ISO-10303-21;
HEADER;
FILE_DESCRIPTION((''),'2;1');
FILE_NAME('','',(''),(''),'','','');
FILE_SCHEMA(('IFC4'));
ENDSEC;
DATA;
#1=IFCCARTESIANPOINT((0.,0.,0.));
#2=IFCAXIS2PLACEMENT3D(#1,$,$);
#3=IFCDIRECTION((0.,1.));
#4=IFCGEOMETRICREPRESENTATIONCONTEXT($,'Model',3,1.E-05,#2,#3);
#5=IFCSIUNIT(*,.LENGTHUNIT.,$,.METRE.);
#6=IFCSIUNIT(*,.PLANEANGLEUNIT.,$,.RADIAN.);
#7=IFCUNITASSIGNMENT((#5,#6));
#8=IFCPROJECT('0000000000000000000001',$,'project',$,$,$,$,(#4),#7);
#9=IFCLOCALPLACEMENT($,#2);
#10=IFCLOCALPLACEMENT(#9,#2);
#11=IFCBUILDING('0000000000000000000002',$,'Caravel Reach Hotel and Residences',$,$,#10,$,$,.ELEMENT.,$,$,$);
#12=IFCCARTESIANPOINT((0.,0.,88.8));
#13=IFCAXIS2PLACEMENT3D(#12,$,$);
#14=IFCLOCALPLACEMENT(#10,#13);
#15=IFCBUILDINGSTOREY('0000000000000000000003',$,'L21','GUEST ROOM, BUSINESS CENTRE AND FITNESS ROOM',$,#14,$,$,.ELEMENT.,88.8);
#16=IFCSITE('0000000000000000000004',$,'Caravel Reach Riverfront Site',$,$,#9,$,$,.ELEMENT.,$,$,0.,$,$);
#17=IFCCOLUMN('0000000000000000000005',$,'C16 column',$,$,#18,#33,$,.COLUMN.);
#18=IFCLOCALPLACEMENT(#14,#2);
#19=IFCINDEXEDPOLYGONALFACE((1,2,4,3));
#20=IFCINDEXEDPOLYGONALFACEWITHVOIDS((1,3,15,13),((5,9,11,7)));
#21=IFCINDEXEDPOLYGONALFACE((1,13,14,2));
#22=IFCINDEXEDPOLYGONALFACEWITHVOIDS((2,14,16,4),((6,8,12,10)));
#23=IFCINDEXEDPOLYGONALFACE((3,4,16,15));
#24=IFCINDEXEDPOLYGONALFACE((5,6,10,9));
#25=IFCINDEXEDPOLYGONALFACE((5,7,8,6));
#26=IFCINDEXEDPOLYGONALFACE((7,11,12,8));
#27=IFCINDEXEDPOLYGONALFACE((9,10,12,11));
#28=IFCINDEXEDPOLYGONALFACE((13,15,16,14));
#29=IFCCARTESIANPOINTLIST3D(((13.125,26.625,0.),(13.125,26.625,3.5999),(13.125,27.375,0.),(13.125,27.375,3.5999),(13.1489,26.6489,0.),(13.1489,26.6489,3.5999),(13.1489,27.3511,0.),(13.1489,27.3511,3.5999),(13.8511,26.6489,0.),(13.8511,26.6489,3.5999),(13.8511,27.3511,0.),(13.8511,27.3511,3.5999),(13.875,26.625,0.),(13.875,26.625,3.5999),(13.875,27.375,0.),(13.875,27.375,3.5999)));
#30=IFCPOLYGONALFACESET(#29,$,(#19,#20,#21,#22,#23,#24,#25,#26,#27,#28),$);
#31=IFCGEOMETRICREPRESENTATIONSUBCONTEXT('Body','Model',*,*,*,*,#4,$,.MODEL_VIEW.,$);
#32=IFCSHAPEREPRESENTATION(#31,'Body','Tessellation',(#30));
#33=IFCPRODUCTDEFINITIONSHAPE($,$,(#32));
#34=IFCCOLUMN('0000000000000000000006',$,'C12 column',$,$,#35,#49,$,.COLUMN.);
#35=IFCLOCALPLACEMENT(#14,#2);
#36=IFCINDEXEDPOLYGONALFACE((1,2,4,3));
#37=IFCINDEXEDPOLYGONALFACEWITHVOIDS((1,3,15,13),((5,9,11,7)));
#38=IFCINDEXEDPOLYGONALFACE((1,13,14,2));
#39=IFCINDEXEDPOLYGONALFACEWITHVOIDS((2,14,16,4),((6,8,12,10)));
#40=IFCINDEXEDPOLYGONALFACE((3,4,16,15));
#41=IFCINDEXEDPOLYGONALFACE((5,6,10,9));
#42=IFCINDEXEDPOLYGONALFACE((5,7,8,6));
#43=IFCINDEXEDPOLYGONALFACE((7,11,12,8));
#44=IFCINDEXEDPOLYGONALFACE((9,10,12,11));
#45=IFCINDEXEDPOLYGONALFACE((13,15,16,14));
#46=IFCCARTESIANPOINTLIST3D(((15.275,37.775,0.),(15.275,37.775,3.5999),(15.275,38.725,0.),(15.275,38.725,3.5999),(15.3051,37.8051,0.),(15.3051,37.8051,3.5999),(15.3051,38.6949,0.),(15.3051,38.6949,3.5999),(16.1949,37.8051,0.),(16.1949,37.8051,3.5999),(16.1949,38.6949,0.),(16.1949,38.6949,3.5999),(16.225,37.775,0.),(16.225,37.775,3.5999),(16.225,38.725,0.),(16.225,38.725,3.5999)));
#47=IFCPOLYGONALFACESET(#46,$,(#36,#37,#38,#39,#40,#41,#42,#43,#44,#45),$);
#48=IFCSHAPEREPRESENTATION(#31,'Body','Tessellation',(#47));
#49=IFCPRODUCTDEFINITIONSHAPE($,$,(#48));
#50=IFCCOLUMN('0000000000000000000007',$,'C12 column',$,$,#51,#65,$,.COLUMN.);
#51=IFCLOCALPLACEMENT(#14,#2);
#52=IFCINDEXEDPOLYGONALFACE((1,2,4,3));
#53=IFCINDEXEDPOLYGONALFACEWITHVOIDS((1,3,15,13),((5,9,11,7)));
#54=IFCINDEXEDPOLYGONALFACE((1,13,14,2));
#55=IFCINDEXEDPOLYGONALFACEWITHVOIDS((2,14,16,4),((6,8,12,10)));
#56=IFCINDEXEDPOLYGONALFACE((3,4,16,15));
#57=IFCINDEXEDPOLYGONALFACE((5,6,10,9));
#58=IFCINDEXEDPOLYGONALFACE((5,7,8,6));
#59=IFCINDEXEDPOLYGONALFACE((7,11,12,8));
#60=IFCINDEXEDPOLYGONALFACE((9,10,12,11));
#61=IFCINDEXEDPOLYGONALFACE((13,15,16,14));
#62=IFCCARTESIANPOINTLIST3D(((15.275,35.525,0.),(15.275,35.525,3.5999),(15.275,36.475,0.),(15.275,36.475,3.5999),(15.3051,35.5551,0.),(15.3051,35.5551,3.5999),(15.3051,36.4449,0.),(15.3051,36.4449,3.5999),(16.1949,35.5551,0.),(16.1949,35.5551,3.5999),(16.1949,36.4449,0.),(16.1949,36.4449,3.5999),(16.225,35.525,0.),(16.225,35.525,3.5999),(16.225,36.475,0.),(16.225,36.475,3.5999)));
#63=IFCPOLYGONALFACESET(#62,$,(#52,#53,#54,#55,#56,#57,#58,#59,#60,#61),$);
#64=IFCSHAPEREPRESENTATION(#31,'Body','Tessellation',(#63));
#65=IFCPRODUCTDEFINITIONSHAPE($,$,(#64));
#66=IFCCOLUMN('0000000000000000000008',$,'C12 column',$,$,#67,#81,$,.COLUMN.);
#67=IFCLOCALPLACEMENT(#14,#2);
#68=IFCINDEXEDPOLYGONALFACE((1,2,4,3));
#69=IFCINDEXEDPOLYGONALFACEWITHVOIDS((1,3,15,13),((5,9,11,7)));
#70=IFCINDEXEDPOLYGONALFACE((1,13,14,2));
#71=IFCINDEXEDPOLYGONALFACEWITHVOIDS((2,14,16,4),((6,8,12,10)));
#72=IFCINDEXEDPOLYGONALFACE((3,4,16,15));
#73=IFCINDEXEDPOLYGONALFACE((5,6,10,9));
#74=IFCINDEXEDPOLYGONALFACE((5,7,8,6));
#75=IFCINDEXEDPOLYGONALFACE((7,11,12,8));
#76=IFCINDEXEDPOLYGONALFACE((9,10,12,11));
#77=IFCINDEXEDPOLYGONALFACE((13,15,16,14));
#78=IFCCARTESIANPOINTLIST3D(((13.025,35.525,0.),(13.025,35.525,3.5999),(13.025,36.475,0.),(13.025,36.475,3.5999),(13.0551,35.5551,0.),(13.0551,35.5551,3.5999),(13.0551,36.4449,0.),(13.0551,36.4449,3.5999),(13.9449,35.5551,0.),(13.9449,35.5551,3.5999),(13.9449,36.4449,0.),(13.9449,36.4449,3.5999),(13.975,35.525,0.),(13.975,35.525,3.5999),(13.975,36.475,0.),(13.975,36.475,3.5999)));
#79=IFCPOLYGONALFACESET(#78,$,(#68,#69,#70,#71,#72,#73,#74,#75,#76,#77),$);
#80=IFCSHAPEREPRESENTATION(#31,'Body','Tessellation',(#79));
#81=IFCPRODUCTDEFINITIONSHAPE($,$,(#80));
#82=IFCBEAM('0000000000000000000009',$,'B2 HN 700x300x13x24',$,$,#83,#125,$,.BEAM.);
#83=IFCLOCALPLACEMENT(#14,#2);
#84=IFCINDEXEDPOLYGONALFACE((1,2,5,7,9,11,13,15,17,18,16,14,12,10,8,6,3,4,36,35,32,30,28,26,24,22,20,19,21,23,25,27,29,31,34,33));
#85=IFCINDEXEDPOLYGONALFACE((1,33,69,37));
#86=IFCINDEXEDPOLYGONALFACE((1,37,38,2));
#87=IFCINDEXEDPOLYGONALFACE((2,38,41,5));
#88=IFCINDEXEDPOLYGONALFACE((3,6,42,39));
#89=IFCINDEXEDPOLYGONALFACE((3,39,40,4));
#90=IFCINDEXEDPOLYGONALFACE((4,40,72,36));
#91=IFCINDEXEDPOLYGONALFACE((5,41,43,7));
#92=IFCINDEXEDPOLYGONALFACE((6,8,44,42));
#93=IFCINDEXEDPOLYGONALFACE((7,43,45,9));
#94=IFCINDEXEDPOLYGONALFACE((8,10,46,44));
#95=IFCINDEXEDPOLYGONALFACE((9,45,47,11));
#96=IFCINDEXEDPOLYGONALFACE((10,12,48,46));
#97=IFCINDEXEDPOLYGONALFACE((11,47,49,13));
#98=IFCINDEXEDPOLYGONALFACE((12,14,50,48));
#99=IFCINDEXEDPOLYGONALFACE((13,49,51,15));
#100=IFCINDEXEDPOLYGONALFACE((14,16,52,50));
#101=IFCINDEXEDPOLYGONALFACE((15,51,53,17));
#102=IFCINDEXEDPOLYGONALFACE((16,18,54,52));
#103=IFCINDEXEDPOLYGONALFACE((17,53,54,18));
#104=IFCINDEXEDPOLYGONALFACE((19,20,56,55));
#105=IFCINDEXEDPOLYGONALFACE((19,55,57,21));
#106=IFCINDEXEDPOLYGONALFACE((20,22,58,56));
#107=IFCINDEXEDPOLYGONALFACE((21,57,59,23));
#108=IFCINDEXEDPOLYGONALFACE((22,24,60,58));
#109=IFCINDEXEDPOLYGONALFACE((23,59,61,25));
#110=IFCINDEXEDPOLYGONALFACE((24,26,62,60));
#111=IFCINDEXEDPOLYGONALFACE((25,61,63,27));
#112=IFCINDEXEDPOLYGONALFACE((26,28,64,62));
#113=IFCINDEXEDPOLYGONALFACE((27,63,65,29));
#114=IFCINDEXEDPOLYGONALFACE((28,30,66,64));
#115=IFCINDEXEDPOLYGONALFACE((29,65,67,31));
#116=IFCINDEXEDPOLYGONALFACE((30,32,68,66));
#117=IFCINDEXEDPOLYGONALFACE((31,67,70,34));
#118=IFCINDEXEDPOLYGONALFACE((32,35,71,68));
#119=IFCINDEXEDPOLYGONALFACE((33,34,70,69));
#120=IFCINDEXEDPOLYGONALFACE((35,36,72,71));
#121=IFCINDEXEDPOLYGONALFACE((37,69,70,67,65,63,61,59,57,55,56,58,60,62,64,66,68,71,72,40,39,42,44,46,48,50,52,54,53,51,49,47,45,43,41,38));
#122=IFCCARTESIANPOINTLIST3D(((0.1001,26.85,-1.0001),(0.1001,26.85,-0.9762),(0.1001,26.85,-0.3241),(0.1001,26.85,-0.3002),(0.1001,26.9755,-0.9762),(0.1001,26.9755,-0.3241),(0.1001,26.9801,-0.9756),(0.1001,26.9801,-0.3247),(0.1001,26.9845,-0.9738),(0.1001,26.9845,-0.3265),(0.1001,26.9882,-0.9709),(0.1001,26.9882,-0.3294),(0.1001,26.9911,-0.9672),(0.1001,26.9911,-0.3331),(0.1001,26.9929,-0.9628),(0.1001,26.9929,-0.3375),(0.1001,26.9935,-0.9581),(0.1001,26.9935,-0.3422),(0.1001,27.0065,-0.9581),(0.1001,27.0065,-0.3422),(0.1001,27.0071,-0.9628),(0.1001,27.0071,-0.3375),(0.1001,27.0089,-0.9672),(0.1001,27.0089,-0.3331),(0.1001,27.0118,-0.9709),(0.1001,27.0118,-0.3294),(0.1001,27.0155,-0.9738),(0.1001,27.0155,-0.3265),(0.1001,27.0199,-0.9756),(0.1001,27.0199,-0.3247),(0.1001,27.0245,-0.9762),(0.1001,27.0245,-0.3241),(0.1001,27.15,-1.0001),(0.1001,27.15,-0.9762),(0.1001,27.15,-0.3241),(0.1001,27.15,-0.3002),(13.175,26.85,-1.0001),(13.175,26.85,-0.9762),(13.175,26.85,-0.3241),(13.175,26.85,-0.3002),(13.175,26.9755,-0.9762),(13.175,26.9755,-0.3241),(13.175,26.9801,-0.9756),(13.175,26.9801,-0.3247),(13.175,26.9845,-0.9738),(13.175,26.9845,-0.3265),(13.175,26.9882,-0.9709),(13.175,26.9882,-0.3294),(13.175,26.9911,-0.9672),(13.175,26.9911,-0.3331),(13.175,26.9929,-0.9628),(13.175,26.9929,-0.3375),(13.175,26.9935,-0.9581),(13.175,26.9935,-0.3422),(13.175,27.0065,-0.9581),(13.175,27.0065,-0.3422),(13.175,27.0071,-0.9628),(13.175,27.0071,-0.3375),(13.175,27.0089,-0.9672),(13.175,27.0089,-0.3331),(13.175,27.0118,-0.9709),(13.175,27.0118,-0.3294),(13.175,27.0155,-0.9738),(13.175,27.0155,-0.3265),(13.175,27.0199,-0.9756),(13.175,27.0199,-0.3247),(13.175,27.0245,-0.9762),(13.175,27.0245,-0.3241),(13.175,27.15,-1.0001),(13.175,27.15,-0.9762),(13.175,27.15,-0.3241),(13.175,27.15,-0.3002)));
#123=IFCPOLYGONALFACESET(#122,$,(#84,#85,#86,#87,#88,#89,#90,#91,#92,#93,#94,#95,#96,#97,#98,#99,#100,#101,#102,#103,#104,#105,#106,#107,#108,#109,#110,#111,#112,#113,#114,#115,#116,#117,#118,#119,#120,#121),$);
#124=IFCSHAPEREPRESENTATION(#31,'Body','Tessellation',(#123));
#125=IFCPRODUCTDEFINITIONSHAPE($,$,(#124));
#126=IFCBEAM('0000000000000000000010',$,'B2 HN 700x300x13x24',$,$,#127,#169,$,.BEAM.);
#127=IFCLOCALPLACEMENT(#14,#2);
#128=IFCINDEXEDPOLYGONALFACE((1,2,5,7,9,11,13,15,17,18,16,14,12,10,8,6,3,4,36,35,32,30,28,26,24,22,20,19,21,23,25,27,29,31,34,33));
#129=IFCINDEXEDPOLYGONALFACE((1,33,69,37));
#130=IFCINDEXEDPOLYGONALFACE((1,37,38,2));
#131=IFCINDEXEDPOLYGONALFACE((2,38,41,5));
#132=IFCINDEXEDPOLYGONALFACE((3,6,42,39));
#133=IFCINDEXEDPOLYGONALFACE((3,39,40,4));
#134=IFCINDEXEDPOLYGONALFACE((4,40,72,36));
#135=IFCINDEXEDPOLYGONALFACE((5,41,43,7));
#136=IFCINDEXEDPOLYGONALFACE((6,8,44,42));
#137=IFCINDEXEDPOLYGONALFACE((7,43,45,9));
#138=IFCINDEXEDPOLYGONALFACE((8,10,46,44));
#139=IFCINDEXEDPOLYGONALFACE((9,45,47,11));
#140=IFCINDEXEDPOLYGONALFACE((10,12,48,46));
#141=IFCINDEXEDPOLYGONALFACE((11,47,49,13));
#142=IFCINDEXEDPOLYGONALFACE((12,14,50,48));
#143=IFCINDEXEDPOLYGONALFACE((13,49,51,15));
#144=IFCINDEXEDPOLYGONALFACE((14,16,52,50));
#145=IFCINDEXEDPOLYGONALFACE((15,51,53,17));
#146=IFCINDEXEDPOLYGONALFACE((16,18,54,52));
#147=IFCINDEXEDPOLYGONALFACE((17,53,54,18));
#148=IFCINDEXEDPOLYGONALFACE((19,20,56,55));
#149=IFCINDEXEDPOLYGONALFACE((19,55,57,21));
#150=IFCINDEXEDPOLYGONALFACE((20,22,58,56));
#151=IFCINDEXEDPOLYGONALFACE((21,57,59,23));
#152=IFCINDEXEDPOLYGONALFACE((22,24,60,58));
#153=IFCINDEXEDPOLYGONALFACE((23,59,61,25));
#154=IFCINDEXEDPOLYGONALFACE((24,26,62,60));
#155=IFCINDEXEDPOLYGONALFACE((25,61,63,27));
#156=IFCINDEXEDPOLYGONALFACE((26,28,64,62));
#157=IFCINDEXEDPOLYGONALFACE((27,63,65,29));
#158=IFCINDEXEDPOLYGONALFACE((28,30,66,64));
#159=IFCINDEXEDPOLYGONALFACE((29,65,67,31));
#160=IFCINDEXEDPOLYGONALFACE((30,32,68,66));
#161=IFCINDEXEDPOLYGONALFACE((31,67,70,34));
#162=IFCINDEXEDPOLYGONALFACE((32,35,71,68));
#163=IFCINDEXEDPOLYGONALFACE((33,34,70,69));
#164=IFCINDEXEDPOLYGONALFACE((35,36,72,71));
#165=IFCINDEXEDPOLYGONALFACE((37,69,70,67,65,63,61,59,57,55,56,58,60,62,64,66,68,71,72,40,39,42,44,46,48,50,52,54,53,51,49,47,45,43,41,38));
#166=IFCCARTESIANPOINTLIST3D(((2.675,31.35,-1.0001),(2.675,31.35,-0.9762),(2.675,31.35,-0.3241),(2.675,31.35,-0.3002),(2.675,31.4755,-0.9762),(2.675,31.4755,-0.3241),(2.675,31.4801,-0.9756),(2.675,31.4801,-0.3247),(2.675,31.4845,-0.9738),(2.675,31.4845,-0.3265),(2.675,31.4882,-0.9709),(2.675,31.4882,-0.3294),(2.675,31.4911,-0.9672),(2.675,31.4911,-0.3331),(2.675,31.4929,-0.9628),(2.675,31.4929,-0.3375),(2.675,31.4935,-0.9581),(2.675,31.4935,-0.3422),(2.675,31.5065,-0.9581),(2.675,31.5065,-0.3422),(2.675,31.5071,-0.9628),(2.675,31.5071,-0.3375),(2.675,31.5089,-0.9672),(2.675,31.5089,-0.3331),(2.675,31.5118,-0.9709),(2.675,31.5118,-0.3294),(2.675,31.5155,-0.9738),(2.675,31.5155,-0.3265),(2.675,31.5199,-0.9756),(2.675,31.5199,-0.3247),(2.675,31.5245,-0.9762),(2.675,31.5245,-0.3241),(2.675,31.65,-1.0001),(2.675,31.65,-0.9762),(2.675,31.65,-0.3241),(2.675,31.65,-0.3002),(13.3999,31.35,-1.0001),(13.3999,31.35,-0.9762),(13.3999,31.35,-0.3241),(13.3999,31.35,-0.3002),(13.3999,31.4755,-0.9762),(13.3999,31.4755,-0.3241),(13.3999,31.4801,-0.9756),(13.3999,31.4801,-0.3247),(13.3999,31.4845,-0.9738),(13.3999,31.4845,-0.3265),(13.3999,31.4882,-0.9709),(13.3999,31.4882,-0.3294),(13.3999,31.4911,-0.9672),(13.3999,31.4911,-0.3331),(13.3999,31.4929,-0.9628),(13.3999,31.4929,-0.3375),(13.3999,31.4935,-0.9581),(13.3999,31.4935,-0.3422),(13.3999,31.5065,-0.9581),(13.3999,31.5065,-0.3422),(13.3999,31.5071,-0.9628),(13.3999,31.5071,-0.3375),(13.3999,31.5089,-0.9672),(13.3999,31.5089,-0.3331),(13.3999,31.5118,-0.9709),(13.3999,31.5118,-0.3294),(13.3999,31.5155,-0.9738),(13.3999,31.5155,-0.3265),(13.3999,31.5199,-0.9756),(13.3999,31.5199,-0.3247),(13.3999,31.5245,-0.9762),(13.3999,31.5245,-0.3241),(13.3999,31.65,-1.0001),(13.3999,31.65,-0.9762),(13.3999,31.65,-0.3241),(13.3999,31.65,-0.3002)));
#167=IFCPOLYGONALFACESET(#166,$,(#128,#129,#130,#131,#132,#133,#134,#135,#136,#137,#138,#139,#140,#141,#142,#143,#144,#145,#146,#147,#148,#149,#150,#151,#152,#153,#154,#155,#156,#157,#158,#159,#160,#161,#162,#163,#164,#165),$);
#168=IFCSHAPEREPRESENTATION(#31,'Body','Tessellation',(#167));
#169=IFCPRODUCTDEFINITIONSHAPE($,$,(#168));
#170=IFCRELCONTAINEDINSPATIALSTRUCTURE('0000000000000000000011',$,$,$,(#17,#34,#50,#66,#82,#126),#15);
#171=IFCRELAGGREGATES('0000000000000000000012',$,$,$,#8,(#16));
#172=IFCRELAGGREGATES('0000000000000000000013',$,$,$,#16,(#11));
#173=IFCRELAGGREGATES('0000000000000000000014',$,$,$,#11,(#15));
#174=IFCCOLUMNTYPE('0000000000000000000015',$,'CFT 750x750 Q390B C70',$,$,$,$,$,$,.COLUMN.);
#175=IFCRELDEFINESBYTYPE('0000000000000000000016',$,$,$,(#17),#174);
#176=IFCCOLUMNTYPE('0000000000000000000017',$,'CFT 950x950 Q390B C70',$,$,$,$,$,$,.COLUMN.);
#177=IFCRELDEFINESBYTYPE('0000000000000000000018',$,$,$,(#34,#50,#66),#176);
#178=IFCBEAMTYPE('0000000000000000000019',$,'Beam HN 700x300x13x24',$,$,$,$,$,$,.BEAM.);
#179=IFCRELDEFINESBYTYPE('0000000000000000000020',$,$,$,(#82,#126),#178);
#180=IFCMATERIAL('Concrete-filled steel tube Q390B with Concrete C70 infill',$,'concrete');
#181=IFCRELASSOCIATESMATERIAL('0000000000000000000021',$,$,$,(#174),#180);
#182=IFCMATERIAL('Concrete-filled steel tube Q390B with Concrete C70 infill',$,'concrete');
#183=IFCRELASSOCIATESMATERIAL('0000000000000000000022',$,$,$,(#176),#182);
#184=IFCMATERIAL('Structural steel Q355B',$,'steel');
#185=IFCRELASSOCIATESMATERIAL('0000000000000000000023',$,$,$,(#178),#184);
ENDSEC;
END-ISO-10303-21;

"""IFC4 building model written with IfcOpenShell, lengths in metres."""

from ifc_helpers import new_model, si_unit, direction, frame, origin, origin_2d, place, context, subcontext, project, spatial, hollow_rectangle, i_section, extrude, material, material_profile, profile_set, type_object, element, save


model = new_model("IFC4")

# Units and contexts
model_context = context("Model", 3, precision=1e-05, world=origin(), true_north=direction((0.0, 1.0)))
body_context = subcontext(model_context, "Body", "Model", "MODEL_VIEW")
ifc_project = project(units=[si_unit("LENGTHUNIT", "METRE"), si_unit("PLANEANGLEUNIT", "RADIAN")], contexts=[model_context])

# Site, building, storey
site_placement = place(None, origin())
site = spatial("IfcSite", under=ifc_project, at=site_placement, Name="Caravel Reach Riverfront Site", CompositionType="ELEMENT", RefElevation=0.0)
building_placement = place(site_placement, origin())
building = spatial("IfcBuilding", under=site, at=building_placement, Name="Caravel Reach Hotel and Residences", CompositionType="ELEMENT")
storey_placement = place(building_placement, frame((0.0, 0.0, 88.8)))
storey = spatial("IfcBuildingStorey", under=building, at=storey_placement, Name="L21", Description="GUEST ROOM, BUSINESS CENTRE AND FITNESS ROOM", CompositionType="ELEMENT", Elevation=88.8)

# Columns
ifc_material_1 = material(Name="Concrete-filled steel tube Q390B with Concrete C70 infill", Category="concrete")
ifc_material_profile_1 = material_profile(ifc_material_1, hollow_rectangle(XDim=0.75, YDim=0.75, WallThickness=0.0239, at=origin_2d()), Name="RHS 750x750x24")
ifc_profile_set_1 = profile_set([ifc_material_profile_1], Name="Concrete-filled steel tube Q390B with Concrete C70 infill")
column_type_1 = type_object("IfcColumnType", Name="CFT 750x750 Q390B C70", PredefinedType="COLUMN", material=ifc_profile_set_1)
column_placement = place(storey_placement, frame((13.5, 27.0, 0.0), z_axis=(0.0, 0.0, 1.0), x_axis=(1.0, 0.0, 0.0)))
element("IfcColumn", 1, at=column_placement, inside=storey, type_object=column_type_1, Name="C16 column", PredefinedType="COLUMN", context=body_context, shape_type="SweptSolid", body=[
    extrude(hollow_rectangle(XDim=0.75, YDim=0.75, WallThickness=0.0239, at=origin_2d()), origin(), (0.0, 0.0, 1.0), 3.5999),
])
ifc_material_2 = material(Name="Concrete-filled steel tube Q390B with Concrete C70 infill", Category="concrete")
ifc_material_profile_2 = material_profile(ifc_material_2, hollow_rectangle(XDim=0.95, YDim=0.95, WallThickness=0.03, at=origin_2d()), Name="RHS 950x950x30")
ifc_profile_set_2 = profile_set([ifc_material_profile_2], Name="Concrete-filled steel tube Q390B with Concrete C70 infill")
column_type_2 = type_object("IfcColumnType", Name="CFT 950x950 Q390B C70", PredefinedType="COLUMN", material=ifc_profile_set_2)
for number, where, z_axis, x_axis, name in (
    (2, (15.75, 38.25, 0.0), (0.0, 0.0, 1.0), (1.0, 0.0, 0.0), "C12 column"),
    (3, (15.75, 36.0, 0.0), (0.0, 0.0, 1.0), (1.0, 0.0, 0.0), "C12 column"),
    (4, (13.5, 36.0, 0.0), (0.0, 0.0, 1.0), (1.0, 0.0, 0.0), "C12 column"),
):
    element("IfcColumn", number, at=place(storey_placement, frame(where, z_axis=z_axis, x_axis=x_axis)), inside=storey, type_object=column_type_2, Name=name, PredefinedType="COLUMN", context=body_context, shape_type="SweptSolid", body=[
        extrude(hollow_rectangle(XDim=0.95, YDim=0.95, WallThickness=0.03, at=origin_2d()), origin(), (0.0, 0.0, 1.0), 3.5999),
    ])

# Beams
ifc_material_3 = material(Name="Structural steel Q355B", Category="steel")
ifc_material_profile_3 = material_profile(ifc_material_3, i_section(OverallWidth=0.3, OverallDepth=0.7, WebThickness=0.0129, FlangeThickness=0.0239, FilletRadius=0.0181, at=origin_2d()), Name="HN 700x300x13x24")
ifc_profile_set_3 = profile_set([ifc_material_profile_3], Name="Structural steel Q355B")
beam_type_1 = type_object("IfcBeamType", Name="Beam HN 700x300x13x24", PredefinedType="BEAM", material=ifc_profile_set_3)
beam_1_placement = place(storey_placement, frame((13.175, 27.0, -0.6501), z_axis=(-1.0, 0.0, 0.0), x_axis=(0.0, -1.0, 0.0)))
element("IfcBeam", 5, at=beam_1_placement, inside=storey, type_object=beam_type_1, Name="B2 HN 700x300x13x24", PredefinedType="BEAM", context=body_context, shape_type="SweptSolid", body=[
    extrude(i_section(OverallWidth=0.3, OverallDepth=0.7, WebThickness=0.0129, FlangeThickness=0.0239, FilletRadius=0.0181, at=origin_2d()), origin(), (0.0, 0.0, 1.0), 13.075),
])
beam_2_placement = place(storey_placement, frame((13.3999, 31.5, -0.6501), z_axis=(-1.0, 0.0, 0.0), x_axis=(0.0, -1.0, 0.0)))
element("IfcBeam", 6, at=beam_2_placement, inside=storey, type_object=beam_type_1, Name="B2 HN 700x300x13x24", PredefinedType="BEAM", context=body_context, shape_type="SweptSolid", body=[
    extrude(i_section(OverallWidth=0.3, OverallDepth=0.7, WebThickness=0.0129, FlangeThickness=0.0239, FilletRadius=0.0181, at=origin_2d()), origin(), (0.0, 0.0, 1.0), 10.7249),
])

save(model, "model.ifc")
